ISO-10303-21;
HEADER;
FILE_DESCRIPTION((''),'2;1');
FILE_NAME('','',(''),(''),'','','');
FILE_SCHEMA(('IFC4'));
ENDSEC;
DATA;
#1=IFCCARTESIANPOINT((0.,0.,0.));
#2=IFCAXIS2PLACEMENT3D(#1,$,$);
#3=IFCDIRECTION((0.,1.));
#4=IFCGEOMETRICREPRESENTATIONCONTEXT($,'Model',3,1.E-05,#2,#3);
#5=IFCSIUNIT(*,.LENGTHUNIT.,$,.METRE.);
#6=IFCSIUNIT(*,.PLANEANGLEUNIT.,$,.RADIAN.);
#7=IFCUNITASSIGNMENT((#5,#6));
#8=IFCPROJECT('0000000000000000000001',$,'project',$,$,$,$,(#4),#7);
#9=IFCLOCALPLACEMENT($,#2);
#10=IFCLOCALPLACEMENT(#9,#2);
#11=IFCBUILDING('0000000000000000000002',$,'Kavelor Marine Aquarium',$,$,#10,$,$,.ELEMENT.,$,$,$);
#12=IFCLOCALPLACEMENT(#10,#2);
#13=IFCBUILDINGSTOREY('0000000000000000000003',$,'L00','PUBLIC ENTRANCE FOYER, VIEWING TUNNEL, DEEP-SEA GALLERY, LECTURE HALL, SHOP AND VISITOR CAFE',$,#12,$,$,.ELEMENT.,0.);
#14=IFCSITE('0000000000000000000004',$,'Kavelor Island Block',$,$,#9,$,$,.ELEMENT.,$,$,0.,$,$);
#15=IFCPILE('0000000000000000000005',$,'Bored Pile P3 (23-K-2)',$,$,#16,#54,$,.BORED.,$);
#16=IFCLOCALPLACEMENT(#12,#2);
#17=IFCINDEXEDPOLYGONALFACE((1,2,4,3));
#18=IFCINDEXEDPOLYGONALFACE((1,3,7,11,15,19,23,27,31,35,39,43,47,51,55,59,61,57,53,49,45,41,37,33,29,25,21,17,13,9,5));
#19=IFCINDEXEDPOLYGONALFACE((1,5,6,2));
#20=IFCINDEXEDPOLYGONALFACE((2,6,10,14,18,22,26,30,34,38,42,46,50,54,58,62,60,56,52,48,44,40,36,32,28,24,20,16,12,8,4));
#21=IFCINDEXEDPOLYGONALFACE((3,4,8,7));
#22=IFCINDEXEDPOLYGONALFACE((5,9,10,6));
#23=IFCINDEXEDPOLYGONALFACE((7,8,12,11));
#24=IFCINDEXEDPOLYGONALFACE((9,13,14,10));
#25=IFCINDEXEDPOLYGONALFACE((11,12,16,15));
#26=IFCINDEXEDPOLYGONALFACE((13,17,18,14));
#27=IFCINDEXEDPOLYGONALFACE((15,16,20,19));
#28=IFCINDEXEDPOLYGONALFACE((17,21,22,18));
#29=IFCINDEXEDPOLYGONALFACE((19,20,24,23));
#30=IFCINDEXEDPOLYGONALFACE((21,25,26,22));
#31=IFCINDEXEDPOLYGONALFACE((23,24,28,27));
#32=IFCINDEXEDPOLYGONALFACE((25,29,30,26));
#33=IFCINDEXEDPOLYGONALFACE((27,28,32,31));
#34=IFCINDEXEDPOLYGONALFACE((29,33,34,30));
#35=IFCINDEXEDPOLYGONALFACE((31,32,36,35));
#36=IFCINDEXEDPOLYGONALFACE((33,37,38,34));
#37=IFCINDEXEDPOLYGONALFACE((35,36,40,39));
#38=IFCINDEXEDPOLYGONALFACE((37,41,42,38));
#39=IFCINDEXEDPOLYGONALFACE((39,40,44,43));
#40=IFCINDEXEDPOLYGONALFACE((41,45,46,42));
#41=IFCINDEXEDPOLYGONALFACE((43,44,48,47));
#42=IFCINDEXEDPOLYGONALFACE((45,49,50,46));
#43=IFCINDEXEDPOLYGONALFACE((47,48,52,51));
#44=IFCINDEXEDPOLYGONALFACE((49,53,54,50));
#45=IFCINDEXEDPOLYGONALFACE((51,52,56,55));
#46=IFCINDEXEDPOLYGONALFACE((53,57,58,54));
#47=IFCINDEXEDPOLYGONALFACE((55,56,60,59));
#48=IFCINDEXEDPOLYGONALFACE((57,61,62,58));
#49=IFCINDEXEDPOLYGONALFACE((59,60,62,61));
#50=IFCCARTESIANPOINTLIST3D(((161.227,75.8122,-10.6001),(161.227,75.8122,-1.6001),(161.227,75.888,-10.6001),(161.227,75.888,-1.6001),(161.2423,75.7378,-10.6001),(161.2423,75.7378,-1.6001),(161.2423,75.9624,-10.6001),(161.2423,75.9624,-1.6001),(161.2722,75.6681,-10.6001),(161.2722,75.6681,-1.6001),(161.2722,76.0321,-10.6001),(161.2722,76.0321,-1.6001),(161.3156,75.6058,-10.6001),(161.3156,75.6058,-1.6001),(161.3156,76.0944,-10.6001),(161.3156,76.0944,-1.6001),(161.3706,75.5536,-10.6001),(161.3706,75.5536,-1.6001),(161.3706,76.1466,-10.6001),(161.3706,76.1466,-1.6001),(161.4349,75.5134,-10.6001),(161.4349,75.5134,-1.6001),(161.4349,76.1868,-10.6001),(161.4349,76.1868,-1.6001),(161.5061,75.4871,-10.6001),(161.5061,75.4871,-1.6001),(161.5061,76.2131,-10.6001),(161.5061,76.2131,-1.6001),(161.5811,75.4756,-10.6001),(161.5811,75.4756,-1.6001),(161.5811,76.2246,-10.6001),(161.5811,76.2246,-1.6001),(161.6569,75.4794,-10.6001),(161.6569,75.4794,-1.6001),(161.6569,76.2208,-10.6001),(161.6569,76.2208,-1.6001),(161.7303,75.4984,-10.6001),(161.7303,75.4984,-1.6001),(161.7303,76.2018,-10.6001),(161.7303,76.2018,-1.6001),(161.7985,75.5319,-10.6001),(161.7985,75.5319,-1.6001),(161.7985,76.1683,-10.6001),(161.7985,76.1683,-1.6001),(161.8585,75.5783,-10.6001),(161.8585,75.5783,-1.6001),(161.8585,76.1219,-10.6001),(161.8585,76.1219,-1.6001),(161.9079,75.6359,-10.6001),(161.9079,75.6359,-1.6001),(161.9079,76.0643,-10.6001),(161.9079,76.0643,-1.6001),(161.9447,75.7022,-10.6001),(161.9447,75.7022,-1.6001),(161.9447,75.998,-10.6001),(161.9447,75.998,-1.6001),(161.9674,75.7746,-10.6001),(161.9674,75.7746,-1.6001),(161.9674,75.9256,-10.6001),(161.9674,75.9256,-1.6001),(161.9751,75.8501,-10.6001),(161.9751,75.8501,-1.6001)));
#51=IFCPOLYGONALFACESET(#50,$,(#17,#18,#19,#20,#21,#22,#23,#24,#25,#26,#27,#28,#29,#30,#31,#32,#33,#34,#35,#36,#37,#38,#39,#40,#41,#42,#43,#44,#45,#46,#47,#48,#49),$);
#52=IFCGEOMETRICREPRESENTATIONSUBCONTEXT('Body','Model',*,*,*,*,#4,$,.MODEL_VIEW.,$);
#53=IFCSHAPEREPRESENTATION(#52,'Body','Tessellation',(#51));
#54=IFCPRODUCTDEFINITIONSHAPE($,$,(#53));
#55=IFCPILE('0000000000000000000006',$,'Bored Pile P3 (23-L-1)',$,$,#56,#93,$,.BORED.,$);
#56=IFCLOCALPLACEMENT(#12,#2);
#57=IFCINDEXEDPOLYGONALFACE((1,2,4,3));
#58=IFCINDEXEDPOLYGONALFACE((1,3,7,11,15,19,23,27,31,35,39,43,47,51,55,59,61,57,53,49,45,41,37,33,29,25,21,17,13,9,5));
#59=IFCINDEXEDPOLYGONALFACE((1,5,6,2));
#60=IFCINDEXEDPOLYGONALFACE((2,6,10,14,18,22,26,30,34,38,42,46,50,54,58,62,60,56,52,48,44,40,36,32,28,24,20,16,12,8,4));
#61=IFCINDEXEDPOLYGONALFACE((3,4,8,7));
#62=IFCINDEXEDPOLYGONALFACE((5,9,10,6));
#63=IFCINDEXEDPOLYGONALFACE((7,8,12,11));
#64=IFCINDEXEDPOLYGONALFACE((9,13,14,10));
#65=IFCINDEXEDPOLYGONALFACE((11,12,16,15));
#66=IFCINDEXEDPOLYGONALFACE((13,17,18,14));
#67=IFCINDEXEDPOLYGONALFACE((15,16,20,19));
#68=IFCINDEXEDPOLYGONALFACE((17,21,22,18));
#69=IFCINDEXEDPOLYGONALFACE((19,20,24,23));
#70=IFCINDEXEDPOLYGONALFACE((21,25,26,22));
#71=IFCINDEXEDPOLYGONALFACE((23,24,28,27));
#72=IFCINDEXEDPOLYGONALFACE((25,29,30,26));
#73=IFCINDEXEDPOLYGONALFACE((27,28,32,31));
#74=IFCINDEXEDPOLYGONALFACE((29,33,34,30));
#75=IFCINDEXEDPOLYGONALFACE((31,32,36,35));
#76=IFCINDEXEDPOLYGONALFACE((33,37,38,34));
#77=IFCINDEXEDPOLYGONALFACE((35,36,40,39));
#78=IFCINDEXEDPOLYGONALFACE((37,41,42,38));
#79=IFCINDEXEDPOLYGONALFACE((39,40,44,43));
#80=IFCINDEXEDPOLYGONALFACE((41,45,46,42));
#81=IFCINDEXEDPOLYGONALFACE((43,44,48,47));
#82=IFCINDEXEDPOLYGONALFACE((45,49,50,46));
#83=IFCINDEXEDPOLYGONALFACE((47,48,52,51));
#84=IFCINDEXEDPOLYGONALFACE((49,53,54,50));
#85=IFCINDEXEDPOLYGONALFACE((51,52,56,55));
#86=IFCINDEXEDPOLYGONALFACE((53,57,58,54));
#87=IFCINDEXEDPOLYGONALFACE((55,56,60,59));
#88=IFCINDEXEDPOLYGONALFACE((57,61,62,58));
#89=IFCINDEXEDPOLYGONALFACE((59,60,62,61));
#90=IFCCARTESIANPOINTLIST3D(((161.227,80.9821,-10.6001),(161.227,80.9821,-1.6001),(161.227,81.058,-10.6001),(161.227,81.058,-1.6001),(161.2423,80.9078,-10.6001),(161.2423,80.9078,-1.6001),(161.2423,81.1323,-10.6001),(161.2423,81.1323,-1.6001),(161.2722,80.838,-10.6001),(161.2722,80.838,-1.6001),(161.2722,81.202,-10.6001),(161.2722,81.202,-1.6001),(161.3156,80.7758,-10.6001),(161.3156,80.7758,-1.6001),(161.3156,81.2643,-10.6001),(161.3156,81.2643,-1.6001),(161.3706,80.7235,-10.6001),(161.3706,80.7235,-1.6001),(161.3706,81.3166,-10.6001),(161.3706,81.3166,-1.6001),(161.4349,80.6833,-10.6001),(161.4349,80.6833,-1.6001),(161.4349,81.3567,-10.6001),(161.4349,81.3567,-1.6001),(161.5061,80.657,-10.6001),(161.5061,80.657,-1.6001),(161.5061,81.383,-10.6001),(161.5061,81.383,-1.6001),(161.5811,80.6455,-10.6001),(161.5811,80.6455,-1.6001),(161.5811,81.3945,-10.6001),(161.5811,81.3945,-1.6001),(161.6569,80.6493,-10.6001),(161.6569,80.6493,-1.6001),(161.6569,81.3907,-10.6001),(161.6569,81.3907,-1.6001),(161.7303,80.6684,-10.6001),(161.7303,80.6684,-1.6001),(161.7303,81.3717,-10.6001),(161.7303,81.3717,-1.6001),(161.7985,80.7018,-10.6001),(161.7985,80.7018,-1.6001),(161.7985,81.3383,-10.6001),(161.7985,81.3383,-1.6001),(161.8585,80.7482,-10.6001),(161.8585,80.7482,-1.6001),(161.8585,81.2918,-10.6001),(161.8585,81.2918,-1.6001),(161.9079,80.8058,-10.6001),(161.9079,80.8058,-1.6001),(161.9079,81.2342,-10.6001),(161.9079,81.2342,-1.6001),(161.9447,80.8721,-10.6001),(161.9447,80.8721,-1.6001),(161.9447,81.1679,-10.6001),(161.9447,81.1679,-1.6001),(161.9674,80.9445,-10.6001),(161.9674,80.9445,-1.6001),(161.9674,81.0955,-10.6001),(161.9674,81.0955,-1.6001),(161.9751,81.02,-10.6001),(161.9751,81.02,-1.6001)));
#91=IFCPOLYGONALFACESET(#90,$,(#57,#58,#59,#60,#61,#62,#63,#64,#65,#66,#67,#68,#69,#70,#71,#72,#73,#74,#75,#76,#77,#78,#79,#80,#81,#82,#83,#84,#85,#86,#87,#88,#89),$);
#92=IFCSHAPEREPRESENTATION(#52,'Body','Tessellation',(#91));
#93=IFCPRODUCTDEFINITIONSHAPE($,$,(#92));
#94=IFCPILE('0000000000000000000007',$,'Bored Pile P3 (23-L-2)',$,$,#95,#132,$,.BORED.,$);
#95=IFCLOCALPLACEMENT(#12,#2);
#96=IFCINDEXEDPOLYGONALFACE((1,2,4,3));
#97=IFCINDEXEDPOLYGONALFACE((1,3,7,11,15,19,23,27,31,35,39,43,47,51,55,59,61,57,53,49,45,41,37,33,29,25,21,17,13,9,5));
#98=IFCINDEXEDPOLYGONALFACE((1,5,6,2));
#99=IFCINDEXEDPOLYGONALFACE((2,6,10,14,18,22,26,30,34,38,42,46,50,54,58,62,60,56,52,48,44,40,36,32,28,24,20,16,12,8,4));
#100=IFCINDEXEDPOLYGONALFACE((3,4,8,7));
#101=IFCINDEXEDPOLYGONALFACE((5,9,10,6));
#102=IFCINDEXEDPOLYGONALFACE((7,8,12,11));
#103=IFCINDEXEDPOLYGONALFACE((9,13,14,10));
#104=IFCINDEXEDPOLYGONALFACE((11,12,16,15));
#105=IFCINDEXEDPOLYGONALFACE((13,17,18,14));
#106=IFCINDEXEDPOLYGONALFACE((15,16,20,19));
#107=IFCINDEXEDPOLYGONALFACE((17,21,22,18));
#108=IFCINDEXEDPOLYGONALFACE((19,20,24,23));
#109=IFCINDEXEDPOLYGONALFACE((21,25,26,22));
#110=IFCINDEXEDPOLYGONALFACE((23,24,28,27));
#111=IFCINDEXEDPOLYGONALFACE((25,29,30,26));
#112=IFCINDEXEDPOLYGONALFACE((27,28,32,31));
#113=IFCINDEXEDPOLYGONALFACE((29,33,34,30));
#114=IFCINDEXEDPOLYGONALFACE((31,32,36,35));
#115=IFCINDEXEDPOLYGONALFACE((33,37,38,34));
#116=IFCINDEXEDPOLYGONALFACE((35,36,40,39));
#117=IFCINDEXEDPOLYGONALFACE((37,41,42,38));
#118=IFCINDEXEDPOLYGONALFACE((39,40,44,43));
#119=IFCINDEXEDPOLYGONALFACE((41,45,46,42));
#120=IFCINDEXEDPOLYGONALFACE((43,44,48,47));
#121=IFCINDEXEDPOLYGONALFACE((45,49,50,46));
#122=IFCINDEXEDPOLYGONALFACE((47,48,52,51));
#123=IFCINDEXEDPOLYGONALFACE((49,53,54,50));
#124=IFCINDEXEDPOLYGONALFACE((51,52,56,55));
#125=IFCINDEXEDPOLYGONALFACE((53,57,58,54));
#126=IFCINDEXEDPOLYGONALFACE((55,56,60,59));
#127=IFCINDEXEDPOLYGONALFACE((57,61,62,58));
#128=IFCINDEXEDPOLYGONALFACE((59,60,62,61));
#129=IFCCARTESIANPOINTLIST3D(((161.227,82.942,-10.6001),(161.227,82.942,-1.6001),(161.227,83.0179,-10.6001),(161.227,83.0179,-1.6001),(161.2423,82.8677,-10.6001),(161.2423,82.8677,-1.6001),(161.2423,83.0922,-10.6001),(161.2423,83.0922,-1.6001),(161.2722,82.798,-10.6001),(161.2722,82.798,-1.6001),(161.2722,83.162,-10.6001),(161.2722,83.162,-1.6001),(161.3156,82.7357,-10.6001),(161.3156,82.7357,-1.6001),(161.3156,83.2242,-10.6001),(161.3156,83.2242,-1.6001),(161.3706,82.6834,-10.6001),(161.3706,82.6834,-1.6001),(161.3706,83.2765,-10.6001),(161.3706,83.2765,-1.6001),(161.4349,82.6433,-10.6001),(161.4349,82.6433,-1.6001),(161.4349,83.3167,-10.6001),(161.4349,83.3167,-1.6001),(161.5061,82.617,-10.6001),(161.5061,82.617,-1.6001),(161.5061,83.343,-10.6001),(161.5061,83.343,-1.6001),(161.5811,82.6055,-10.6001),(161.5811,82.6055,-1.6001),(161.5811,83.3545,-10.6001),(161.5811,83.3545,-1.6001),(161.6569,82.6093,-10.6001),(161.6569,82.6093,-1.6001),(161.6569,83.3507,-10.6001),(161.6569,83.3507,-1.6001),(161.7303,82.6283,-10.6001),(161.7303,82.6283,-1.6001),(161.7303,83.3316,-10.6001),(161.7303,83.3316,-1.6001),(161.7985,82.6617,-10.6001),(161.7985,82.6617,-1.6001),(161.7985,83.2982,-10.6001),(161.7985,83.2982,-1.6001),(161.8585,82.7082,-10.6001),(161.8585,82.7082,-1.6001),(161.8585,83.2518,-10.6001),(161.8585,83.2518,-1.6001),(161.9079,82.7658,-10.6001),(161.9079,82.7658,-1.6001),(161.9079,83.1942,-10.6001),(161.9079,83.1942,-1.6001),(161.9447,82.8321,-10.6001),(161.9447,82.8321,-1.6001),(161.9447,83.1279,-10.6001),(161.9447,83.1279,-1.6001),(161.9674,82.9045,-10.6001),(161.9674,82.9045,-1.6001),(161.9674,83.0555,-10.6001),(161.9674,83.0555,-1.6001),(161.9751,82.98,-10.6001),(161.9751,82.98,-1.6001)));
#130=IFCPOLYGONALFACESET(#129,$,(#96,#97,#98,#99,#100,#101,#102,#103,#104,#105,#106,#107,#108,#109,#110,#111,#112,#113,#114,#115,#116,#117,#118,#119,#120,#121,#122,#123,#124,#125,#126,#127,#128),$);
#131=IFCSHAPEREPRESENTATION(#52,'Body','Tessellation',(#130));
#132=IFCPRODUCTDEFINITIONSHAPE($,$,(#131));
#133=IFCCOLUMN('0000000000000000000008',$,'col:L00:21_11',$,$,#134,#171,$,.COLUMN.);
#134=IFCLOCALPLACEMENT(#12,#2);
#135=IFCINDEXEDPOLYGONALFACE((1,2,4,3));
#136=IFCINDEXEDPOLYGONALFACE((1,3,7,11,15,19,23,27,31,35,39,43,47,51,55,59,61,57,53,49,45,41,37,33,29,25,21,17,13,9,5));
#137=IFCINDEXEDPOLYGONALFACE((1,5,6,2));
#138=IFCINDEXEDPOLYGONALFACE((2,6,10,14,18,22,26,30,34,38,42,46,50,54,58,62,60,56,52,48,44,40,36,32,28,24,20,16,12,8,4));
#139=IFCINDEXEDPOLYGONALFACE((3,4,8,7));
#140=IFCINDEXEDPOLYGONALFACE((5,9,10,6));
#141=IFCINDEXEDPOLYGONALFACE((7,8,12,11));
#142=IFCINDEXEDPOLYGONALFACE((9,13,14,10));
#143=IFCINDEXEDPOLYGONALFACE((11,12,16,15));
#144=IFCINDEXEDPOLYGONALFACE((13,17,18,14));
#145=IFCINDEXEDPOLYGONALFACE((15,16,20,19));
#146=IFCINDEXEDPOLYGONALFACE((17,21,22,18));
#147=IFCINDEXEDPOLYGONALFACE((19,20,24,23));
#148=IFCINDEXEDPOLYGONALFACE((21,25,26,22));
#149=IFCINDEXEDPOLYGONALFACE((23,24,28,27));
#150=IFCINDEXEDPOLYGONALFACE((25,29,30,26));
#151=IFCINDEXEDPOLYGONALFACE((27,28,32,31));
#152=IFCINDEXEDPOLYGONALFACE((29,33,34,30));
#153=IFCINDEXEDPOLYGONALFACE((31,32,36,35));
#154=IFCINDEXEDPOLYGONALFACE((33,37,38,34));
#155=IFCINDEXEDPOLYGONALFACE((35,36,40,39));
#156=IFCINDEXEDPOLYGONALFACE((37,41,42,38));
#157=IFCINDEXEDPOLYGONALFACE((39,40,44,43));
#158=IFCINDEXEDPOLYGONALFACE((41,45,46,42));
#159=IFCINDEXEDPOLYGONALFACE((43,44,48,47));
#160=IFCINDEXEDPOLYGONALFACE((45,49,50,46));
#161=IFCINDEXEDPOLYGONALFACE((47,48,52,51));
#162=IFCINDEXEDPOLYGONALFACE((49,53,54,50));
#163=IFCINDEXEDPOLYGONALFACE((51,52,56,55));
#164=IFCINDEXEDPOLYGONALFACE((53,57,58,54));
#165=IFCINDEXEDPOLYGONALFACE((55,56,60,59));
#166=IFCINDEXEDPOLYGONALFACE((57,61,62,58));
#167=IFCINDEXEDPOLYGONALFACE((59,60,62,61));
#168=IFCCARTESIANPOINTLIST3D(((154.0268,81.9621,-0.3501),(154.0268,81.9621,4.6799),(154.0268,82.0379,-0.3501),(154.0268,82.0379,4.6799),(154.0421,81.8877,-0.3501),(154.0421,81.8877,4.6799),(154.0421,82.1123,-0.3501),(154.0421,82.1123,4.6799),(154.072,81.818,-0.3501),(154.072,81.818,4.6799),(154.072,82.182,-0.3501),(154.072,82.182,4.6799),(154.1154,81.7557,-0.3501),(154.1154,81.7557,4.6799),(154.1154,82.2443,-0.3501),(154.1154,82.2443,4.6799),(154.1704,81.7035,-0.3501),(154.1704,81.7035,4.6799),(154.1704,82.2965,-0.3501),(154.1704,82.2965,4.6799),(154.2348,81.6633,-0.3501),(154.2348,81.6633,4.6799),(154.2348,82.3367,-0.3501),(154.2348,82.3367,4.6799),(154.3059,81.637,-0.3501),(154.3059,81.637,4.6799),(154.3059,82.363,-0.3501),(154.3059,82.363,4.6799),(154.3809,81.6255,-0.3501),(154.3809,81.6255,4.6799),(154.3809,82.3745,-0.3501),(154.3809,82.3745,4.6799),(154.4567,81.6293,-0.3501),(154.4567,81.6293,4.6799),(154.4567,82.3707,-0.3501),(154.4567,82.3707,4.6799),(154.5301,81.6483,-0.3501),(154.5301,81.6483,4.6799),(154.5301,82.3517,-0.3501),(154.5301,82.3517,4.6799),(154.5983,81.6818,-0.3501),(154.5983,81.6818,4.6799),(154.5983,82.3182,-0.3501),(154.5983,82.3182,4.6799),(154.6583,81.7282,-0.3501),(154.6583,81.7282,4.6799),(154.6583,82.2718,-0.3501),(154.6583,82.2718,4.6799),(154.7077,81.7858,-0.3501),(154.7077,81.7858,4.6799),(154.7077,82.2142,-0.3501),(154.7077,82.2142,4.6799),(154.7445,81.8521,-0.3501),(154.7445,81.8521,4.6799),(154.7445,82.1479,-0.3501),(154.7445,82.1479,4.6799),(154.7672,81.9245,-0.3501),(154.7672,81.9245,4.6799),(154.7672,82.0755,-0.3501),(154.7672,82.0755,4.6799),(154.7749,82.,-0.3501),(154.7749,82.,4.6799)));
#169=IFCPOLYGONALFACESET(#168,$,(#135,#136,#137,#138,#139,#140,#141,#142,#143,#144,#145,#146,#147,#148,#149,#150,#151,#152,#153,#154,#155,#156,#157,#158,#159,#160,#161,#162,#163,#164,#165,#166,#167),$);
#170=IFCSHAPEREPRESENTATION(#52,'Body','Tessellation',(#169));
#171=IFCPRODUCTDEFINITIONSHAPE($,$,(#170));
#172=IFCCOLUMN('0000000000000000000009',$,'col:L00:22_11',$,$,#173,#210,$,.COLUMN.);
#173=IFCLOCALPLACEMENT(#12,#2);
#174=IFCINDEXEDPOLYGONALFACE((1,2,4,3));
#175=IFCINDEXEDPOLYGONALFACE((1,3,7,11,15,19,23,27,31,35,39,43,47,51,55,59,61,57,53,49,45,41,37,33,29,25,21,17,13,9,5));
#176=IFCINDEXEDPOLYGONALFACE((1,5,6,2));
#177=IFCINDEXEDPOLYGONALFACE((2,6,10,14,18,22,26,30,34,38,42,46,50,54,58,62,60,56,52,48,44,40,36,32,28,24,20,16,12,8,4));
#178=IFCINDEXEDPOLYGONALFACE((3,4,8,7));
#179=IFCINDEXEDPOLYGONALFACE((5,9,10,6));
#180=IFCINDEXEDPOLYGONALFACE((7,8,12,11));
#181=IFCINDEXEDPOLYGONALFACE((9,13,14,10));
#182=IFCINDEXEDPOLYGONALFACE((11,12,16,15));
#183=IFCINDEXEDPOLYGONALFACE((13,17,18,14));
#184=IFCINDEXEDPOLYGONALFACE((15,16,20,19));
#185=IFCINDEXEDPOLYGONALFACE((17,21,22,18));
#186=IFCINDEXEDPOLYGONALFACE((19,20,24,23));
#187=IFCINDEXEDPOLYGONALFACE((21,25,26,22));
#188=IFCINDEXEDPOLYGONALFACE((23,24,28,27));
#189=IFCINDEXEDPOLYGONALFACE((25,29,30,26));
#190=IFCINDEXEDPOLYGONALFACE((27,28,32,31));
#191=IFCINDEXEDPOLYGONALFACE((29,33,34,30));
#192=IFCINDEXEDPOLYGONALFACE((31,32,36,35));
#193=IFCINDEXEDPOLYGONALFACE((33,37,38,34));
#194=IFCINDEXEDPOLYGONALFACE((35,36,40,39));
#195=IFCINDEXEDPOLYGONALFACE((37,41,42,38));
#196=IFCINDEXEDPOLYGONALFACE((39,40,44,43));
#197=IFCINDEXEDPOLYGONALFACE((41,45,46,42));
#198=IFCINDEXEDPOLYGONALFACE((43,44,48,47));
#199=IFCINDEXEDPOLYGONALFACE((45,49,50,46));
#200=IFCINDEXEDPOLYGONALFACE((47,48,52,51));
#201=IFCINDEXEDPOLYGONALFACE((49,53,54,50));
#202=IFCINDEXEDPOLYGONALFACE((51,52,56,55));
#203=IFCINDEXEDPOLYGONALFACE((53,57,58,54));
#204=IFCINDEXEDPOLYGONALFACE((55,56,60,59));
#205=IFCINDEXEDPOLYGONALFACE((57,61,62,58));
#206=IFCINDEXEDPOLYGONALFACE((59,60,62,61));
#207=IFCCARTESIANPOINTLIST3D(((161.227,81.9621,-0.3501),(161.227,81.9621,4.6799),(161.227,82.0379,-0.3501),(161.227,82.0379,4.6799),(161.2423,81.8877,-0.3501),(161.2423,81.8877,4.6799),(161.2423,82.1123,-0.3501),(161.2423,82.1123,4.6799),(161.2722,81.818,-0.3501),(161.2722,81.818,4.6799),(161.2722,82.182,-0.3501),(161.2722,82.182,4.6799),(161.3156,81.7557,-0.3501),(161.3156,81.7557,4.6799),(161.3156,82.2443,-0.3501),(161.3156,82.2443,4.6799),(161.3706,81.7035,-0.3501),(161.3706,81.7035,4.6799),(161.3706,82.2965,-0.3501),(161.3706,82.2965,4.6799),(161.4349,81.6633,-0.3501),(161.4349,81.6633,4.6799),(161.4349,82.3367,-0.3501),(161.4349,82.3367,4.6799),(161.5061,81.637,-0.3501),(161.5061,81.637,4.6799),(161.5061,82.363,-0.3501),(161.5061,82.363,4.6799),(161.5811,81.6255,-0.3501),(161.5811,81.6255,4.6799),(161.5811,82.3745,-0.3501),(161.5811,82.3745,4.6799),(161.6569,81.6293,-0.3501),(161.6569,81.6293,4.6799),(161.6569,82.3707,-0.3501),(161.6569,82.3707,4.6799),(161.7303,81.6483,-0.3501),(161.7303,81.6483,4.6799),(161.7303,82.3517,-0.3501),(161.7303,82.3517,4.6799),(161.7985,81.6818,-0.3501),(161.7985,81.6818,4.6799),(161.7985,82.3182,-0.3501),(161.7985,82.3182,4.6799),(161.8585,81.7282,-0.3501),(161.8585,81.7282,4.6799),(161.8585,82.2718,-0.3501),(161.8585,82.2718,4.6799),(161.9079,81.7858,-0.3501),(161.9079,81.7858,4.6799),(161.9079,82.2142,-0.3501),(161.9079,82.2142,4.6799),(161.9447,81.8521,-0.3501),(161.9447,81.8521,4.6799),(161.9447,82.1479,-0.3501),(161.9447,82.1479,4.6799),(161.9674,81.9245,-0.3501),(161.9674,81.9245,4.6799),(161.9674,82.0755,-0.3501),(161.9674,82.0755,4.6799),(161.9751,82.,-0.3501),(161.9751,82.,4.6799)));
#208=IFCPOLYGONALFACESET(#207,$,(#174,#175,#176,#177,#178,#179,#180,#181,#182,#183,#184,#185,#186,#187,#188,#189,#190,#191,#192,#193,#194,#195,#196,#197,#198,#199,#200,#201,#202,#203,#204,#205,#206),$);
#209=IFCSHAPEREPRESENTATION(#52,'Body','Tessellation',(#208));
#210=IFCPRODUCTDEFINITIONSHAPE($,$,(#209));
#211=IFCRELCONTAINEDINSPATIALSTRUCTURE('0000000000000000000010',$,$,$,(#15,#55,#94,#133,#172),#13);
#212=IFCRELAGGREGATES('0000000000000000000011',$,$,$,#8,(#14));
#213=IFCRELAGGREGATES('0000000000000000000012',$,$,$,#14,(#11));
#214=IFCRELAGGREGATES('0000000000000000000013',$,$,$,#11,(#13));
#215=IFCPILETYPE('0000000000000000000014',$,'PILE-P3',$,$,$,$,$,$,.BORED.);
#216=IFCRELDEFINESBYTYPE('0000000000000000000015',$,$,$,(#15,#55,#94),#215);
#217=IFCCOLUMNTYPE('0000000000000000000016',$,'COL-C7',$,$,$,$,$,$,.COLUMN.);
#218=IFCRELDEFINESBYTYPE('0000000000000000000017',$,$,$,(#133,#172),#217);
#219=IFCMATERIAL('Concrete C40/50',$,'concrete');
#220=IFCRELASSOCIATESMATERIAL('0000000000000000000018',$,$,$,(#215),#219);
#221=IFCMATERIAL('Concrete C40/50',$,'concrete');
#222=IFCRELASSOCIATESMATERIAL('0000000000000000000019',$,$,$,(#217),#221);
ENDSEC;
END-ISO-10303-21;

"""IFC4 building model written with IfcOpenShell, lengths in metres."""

from ifc_helpers import new_model, si_unit, direction, frame, origin, origin_2d, place, context, subcontext, project, spatial, circle, extrude, material, material_profile, profile_set, type_object, element, save


model = new_model("IFC4")

# Units and contexts
model_context = context("Model", 3, precision=1e-05, world=origin(), true_north=direction((0.0, 1.0)))
body_context = subcontext(model_context, "Body", "Model", "MODEL_VIEW")
ifc_project = project(units=[si_unit("LENGTHUNIT", "METRE"), si_unit("PLANEANGLEUNIT", "RADIAN")], contexts=[model_context])

# Site, building, storey
site_placement = place(None, origin())
site = spatial("IfcSite", under=ifc_project, at=site_placement, Name="Kavelor Island Block", CompositionType="ELEMENT", RefElevation=0.0)
building_placement = place(site_placement, origin())
building = spatial("IfcBuilding", under=site, at=building_placement, Name="Kavelor Marine Aquarium", CompositionType="ELEMENT")
storey_placement = place(building_placement, origin())
storey = spatial("IfcBuildingStorey", under=building, at=storey_placement, Name="L00", Description="PUBLIC ENTRANCE FOYER, VIEWING TUNNEL, DEEP-SEA GALLERY, LECTURE HALL, SHOP AND VISITOR CAFE", CompositionType="ELEMENT", Elevation=0.0)

# Piles
ifc_material_1 = material(Name="Concrete C40/50", Category="concrete")
ifc_material_profile_1 = material_profile(ifc_material_1, circle(Radius=0.375, at=origin_2d()), Name="PILE D750")
ifc_profile_set_1 = profile_set([ifc_material_profile_1], Name="Concrete C40/50")
pile_type = type_object("IfcPileType", Name="PILE-P3", PredefinedType="BORED", material=ifc_profile_set_1)
for number, where, z_axis, x_axis, name in (
    (1, (161.6001, 75.8501, -1.6001), (0.0, 0.0, -1.0), (1.0, 0.0, 0.0), "Bored Pile P3 (23-K-2)"),
    (2, (161.6001, 81.02, -1.6001), (0.0, 0.0, -1.0), (1.0, 0.0, 0.0), "Bored Pile P3 (23-L-1)"),
    (3, (161.6001, 82.98, -1.6001), (0.0, 0.0, -1.0), (1.0, 0.0, 0.0), "Bored Pile P3 (23-L-2)"),
):
    element("IfcPile", number, at=place(storey_placement, frame(where, z_axis=z_axis, x_axis=x_axis)), inside=storey, type_object=pile_type, Name=name, PredefinedType="BORED", context=body_context, shape_type="SweptSolid", body=[
        extrude(circle(Radius=0.375, at=origin_2d()), origin(), (0.0, 0.0, 1.0), 9.0),
    ])

# Columns
ifc_material_2 = material(Name="Concrete C40/50", Category="concrete")
ifc_material_profile_2 = material_profile(ifc_material_2, circle(Radius=0.375, at=origin_2d()), Name="RC-COL D750")
ifc_profile_set_2 = profile_set([ifc_material_profile_2], Name="Concrete C40/50")
column_type = type_object("IfcColumnType", Name="COL-C7", PredefinedType="COLUMN", material=ifc_profile_set_2)
for number, where, z_axis, x_axis, name in (
    (4, (154.3999, 82.0, -0.3501), (0.0, 0.0, 1.0), (1.0, 0.0, 0.0), "col:L00:21_11"),
    (5, (161.6001, 82.0, -0.3501), (0.0, 0.0, 1.0), (1.0, 0.0, 0.0), "col:L00:22_11"),
):
    element("IfcColumn", number, at=place(storey_placement, frame(where, z_axis=z_axis, x_axis=x_axis)), inside=storey, type_object=column_type, Name=name, PredefinedType="COLUMN", context=body_context, shape_type="SweptSolid", body=[
        extrude(circle(Radius=0.375, at=origin_2d()), origin(), (0.0, 0.0, 1.0), 5.03),
    ])

save(model, "model.ifc")
